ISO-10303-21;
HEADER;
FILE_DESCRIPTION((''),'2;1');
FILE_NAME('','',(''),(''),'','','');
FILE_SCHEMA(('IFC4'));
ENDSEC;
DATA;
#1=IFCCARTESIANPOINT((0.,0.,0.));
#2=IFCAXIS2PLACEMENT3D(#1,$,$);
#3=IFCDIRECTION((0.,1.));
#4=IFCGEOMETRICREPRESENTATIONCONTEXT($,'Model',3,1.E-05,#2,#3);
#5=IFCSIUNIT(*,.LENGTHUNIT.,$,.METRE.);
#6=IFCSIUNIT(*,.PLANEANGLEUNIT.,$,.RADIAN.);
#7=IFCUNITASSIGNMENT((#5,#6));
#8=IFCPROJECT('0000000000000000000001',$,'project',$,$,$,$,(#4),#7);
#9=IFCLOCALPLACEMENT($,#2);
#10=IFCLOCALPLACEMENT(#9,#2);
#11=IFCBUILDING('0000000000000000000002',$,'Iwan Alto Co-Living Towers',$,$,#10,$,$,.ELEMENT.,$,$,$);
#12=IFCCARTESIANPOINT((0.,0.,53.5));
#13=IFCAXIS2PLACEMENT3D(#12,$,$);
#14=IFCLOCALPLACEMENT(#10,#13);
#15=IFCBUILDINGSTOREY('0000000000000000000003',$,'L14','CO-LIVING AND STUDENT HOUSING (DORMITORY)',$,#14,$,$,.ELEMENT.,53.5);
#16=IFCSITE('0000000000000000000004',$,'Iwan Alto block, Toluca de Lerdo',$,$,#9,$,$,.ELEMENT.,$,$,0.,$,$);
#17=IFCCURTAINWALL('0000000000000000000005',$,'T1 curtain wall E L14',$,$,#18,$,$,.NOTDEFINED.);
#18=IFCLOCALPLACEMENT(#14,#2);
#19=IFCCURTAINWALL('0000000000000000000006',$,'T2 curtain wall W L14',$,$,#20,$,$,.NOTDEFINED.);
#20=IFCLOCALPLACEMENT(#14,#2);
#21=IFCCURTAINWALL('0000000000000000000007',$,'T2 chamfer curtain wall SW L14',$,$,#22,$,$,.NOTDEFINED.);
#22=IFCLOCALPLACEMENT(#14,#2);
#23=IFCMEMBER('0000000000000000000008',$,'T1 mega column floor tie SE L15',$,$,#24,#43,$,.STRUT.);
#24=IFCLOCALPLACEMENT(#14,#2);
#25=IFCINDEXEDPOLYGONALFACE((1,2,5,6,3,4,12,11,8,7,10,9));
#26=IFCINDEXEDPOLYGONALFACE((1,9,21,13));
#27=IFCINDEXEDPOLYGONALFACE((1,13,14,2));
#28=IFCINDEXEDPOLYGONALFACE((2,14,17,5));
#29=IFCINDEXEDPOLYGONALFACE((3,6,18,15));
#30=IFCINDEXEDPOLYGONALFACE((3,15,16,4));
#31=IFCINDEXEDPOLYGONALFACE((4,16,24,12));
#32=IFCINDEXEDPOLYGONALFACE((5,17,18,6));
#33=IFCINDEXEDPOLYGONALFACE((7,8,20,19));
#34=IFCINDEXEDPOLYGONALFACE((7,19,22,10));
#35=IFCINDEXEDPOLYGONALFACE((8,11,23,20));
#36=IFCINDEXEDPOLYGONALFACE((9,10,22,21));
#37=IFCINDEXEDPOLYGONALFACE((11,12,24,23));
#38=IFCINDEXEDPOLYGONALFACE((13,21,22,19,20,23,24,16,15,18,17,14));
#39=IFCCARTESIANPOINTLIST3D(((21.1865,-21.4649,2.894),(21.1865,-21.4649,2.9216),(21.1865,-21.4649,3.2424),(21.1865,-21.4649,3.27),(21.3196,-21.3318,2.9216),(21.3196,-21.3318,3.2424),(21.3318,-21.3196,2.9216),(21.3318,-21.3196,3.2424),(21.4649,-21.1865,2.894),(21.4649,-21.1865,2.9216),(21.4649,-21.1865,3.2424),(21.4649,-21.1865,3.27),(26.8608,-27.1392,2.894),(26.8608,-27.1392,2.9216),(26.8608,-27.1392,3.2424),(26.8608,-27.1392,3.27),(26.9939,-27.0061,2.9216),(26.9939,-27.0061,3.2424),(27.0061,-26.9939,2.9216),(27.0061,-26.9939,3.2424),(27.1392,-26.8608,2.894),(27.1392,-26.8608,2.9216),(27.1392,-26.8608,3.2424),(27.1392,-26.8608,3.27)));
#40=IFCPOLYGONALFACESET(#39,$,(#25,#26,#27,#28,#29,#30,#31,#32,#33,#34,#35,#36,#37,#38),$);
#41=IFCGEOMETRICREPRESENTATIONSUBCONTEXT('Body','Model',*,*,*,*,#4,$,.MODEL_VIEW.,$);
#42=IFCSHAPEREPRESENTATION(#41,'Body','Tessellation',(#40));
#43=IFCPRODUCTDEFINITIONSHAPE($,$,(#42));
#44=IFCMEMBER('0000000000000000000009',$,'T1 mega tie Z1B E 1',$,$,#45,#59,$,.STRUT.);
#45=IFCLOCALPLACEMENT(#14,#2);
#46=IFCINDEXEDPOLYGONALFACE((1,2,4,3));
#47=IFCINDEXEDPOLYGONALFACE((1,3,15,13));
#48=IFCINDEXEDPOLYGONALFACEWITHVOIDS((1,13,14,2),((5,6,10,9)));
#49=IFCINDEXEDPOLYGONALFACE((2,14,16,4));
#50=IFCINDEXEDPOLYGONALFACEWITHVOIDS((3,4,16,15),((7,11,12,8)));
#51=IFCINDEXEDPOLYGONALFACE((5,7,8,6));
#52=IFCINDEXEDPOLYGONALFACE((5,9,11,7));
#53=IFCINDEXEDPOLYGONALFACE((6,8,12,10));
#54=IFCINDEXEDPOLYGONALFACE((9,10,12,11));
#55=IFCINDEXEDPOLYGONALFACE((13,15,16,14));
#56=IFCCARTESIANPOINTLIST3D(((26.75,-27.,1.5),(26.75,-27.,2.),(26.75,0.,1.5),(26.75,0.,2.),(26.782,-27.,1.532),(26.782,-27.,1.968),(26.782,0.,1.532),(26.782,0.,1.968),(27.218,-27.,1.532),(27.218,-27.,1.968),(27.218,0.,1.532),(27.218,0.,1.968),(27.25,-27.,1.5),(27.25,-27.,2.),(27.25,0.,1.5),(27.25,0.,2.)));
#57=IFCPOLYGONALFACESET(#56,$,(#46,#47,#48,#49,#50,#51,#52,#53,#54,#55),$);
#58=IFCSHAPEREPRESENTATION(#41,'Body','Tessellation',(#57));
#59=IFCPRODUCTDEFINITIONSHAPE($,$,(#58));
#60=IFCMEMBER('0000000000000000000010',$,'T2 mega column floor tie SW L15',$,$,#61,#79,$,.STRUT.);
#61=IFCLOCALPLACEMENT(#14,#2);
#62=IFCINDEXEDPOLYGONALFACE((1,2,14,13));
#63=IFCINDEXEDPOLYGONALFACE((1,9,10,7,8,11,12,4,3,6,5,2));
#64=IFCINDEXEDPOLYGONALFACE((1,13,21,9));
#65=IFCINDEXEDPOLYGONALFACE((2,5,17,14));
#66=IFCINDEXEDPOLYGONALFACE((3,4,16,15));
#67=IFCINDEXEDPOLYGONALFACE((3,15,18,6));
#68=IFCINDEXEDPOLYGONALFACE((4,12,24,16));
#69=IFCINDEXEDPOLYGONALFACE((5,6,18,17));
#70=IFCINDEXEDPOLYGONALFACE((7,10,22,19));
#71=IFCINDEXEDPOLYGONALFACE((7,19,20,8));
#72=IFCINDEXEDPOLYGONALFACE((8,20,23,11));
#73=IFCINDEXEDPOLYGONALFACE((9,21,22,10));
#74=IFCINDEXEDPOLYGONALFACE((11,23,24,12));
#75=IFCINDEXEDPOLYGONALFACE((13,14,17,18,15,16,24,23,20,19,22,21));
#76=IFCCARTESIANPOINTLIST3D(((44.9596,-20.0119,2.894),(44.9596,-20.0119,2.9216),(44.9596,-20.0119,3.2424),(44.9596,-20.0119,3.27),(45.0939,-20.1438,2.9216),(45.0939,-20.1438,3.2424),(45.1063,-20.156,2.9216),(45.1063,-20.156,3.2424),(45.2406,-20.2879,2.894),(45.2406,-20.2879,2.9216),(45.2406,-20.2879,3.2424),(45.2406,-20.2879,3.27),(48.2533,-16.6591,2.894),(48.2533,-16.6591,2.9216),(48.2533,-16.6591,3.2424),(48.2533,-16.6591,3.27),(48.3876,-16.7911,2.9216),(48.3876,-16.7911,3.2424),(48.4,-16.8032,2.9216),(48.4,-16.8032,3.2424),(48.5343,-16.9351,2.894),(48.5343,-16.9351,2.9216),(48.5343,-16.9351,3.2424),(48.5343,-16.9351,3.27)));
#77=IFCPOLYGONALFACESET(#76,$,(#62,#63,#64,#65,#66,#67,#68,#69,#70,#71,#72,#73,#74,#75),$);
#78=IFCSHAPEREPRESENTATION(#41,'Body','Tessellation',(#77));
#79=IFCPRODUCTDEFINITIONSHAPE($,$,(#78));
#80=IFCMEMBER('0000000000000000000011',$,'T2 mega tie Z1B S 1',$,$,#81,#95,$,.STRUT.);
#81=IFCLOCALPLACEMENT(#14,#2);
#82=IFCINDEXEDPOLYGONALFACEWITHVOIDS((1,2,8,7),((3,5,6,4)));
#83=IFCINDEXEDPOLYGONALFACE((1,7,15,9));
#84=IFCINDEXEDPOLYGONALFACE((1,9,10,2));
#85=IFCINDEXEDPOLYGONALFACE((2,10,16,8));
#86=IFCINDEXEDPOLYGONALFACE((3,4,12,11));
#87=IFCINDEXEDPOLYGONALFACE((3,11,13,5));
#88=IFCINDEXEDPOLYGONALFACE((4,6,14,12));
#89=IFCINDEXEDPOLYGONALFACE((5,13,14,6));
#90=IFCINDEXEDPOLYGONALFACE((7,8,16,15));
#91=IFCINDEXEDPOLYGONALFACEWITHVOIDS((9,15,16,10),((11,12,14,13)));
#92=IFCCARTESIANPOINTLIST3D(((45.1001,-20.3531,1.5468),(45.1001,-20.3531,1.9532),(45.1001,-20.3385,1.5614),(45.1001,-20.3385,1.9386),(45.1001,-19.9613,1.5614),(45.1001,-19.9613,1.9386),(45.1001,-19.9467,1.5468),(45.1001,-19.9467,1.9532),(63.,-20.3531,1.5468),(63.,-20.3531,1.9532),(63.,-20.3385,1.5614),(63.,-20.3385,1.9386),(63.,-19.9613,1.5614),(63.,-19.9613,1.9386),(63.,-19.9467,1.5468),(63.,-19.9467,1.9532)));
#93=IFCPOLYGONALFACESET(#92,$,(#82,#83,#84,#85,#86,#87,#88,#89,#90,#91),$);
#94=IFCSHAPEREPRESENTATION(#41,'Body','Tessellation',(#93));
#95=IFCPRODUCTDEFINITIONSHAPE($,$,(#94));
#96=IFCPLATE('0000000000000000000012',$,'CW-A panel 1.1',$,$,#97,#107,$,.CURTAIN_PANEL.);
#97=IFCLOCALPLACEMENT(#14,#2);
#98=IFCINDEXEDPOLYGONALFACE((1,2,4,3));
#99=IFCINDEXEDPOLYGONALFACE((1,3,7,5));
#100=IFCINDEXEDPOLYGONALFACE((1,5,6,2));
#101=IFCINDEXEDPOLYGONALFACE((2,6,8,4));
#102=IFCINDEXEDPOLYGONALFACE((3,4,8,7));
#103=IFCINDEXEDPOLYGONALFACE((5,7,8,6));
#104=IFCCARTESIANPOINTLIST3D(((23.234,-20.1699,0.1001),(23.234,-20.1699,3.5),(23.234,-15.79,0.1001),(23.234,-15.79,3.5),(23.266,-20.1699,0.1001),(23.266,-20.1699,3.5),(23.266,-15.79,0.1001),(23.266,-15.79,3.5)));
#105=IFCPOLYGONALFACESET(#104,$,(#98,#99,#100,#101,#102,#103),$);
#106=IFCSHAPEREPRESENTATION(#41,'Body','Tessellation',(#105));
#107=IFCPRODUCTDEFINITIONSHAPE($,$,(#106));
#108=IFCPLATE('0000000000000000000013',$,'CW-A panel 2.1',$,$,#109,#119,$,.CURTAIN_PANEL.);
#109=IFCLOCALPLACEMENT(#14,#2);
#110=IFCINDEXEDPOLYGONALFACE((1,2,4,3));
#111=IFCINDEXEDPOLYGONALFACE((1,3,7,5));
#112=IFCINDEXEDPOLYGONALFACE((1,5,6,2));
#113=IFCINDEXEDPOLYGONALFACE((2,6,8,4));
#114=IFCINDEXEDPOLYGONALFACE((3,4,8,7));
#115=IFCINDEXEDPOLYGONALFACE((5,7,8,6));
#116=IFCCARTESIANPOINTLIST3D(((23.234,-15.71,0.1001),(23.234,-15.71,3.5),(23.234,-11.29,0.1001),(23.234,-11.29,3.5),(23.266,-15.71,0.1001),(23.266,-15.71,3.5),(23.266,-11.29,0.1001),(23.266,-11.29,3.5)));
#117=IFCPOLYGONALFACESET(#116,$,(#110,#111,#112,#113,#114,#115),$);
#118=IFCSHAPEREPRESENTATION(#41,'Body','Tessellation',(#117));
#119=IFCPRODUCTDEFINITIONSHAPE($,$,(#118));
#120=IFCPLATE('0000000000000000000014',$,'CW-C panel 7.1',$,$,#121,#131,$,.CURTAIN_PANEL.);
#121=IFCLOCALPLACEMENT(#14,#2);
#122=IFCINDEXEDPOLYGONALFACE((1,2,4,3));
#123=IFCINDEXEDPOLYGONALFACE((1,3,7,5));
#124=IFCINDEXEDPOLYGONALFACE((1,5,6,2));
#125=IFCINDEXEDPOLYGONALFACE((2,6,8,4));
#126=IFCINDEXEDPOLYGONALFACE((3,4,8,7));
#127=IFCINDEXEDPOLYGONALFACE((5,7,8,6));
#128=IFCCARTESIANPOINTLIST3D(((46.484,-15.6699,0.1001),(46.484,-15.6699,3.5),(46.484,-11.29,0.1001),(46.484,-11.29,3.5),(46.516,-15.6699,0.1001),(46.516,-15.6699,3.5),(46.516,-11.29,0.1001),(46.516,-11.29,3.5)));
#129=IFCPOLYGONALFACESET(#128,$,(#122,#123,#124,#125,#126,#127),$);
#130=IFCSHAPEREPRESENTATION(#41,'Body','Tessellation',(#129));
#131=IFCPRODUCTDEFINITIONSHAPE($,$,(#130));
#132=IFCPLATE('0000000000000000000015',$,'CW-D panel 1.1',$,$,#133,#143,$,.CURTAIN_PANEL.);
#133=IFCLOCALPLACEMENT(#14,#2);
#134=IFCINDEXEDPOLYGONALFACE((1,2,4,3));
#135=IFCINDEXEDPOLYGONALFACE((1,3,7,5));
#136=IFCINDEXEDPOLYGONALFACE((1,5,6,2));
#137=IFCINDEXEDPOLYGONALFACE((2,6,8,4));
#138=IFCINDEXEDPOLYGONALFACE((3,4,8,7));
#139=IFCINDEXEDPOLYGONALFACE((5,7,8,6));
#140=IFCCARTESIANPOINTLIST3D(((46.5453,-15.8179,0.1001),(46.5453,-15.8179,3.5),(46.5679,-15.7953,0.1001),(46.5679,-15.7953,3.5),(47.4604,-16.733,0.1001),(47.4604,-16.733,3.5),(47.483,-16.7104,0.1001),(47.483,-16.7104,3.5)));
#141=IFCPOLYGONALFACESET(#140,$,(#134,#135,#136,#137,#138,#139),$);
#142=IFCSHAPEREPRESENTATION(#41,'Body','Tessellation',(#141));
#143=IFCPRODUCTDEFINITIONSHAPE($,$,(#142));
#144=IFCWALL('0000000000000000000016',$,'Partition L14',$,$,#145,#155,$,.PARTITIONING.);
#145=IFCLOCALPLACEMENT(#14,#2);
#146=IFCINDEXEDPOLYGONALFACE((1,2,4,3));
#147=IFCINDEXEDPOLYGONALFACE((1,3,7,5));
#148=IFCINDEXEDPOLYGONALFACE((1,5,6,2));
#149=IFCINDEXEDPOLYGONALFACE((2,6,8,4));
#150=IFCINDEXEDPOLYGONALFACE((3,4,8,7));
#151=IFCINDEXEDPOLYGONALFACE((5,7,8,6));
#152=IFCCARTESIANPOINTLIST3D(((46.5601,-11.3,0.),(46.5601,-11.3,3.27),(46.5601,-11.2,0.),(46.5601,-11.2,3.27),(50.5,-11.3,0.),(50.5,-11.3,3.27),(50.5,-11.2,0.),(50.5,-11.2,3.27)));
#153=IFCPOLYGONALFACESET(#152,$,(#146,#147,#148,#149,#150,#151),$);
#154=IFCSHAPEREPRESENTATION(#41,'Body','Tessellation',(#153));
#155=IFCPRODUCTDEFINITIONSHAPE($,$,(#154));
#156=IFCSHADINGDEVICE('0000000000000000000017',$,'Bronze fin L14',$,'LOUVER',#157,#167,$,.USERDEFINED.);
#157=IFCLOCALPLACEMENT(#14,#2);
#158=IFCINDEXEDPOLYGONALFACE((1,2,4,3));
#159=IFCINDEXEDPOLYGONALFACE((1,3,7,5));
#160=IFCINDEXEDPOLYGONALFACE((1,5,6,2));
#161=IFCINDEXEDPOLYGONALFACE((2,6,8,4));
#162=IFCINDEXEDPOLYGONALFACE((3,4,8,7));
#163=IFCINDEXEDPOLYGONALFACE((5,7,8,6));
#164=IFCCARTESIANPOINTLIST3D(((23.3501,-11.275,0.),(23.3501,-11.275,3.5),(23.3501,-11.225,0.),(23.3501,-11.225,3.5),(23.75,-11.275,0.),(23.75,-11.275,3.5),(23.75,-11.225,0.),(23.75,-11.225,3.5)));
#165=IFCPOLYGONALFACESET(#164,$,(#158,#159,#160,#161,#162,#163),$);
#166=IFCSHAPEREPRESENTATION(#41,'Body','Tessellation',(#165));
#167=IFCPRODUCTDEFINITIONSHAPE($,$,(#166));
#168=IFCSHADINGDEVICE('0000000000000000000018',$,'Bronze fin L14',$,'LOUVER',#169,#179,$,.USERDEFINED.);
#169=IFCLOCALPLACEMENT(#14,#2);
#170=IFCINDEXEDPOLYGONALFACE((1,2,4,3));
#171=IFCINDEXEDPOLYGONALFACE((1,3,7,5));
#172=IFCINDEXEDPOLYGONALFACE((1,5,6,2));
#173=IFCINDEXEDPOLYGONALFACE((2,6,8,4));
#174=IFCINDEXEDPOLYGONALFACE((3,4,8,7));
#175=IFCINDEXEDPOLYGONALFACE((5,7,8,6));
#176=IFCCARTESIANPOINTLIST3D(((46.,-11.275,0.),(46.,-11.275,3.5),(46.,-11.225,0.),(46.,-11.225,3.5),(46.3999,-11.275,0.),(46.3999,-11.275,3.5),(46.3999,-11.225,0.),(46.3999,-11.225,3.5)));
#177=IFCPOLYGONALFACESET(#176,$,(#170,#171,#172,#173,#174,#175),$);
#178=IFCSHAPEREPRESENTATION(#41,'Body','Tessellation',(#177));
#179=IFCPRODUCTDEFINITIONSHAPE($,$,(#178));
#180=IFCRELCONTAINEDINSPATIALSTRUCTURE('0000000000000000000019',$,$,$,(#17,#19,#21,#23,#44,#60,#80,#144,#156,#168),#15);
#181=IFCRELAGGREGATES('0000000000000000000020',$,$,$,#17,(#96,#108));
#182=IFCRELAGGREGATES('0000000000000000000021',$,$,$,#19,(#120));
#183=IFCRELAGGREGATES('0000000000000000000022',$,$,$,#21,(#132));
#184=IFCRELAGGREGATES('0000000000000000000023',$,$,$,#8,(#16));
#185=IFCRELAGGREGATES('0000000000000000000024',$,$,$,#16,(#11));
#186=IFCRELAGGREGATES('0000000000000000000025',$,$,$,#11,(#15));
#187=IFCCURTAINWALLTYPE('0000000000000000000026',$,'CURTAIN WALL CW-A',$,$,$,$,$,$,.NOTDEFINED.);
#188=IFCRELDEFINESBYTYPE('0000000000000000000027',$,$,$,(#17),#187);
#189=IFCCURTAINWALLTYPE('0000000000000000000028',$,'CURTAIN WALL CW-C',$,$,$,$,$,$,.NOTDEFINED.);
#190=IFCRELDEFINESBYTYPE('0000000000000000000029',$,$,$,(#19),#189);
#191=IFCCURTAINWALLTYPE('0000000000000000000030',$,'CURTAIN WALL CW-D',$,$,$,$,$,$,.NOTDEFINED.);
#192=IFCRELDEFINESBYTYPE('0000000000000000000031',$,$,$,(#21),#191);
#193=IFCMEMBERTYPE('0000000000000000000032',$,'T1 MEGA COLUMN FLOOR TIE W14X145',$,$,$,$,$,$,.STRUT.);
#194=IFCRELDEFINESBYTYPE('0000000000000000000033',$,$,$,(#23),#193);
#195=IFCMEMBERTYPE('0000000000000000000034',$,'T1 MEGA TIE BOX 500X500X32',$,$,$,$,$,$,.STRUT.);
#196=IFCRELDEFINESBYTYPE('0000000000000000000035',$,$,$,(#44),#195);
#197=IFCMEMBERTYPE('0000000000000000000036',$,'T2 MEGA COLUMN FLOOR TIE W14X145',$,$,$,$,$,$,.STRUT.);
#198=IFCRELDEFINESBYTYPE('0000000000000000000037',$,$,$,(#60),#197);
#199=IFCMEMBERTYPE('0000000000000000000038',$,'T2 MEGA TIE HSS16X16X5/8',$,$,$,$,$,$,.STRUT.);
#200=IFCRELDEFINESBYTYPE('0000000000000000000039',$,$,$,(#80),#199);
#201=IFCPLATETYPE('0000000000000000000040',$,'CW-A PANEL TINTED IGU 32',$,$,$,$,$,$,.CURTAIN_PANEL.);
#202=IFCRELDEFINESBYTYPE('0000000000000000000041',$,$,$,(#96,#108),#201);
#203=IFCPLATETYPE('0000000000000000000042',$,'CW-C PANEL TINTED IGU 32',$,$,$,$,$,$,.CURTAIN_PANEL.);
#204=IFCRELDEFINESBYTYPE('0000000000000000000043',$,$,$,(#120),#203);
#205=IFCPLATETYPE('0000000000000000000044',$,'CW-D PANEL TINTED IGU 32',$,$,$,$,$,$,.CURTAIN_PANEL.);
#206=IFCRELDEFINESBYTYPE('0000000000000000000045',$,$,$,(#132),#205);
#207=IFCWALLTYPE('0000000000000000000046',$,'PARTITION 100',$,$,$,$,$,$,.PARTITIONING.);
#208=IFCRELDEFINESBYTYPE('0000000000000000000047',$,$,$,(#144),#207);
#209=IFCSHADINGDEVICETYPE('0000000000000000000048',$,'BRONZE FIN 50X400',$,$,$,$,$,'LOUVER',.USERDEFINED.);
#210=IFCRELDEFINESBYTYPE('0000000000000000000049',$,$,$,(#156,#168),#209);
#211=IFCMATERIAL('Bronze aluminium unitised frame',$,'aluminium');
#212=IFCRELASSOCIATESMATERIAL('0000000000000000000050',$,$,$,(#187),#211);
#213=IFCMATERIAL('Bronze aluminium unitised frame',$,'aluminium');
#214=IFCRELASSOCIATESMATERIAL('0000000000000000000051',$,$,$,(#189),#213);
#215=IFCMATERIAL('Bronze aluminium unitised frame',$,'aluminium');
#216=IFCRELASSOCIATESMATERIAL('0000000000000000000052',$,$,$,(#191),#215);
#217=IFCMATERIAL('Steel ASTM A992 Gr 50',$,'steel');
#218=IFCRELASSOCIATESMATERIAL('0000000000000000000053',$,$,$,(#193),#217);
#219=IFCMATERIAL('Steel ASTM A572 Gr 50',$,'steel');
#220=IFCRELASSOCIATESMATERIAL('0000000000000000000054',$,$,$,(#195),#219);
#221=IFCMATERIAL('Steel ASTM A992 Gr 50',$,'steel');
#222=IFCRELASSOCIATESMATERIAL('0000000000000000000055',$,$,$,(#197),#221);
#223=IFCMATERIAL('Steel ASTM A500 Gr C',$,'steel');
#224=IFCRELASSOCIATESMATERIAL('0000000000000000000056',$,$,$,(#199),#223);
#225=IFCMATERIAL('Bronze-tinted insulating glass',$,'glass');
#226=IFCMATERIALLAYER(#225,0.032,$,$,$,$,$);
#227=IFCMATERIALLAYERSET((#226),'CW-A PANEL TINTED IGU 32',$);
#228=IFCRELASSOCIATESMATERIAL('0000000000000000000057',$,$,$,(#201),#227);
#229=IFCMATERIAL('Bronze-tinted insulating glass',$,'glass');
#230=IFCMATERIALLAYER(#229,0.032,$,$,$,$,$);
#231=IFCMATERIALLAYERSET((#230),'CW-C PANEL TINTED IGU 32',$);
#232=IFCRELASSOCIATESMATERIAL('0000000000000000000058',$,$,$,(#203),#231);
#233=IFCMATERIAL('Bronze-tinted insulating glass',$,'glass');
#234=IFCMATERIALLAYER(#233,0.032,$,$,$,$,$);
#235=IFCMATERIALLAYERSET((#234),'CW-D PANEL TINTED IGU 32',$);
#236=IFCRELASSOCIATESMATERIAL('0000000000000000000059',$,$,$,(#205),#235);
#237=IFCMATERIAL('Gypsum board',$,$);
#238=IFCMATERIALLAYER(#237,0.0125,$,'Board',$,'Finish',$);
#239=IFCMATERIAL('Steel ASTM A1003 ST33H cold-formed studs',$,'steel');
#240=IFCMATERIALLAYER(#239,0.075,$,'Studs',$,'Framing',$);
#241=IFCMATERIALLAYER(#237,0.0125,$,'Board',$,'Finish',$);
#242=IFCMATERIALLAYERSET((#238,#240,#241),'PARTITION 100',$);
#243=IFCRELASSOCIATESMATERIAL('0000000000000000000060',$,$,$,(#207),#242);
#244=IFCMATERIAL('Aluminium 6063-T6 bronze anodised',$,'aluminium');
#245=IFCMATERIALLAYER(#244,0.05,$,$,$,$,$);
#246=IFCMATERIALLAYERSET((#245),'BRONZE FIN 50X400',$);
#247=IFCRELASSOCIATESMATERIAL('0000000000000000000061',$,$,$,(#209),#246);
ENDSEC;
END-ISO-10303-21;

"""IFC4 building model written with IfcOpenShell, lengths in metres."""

from ifc_helpers import new_model, si_unit, direction, frame, frame_2d, origin, origin_2d, place, context, subcontext, project, spatial, rectangle, hollow_rectangle, i_section, extrude, material, layer, layer_set, material_profile, profile_set, type_object, element, aggregate, save


model = new_model("IFC4")

# Units and contexts
model_context = context("Model", 3, precision=1e-05, world=origin(), true_north=direction((0.0, 1.0)))
body_context = subcontext(model_context, "Body", "Model", "MODEL_VIEW")
ifc_project = project(units=[si_unit("LENGTHUNIT", "METRE"), si_unit("PLANEANGLEUNIT", "RADIAN")], contexts=[model_context])

# Site, building, storey
site_placement = place(None, origin())
site = spatial("IfcSite", under=ifc_project, at=site_placement, Name="Iwan Alto block, Toluca de Lerdo", CompositionType="ELEMENT", RefElevation=0.0)
building_placement = place(site_placement, origin())
building = spatial("IfcBuilding", under=site, at=building_placement, Name="Iwan Alto Co-Living Towers", CompositionType="ELEMENT")
storey_placement = place(building_placement, frame((0.0, 0.0, 53.5)))
storey = spatial("IfcBuildingStorey", under=building, at=storey_placement, Name="L14", Description="CO-LIVING AND STUDENT HOUSING (DORMITORY)", CompositionType="ELEMENT", Elevation=53.5)

# Curtain walls
ifc_material_1 = material(Name="Bronze aluminium unitised frame", Category="aluminium")
curtain_wall_type_1 = type_object("IfcCurtainWallType", Name="CURTAIN WALL CW-A", PredefinedType="NOTDEFINED", material=ifc_material_1)
curtain_wall_1_placement = place(storey_placement, origin())
curtain_wall_1 = element("IfcCurtainWall", 1, at=curtain_wall_1_placement, inside=storey, type_object=curtain_wall_type_1, Name="T1 curtain wall E L14", PredefinedType="NOTDEFINED")
ifc_material_2 = material(Name="Bronze aluminium unitised frame", Category="aluminium")
curtain_wall_type_2 = type_object("IfcCurtainWallType", Name="CURTAIN WALL CW-C", PredefinedType="NOTDEFINED", material=ifc_material_2)
curtain_wall_2_placement = place(storey_placement, origin())
curtain_wall_2 = element("IfcCurtainWall", 2, at=curtain_wall_2_placement, inside=storey, type_object=curtain_wall_type_2, Name="T2 curtain wall W L14", PredefinedType="NOTDEFINED")
ifc_material_3 = material(Name="Bronze aluminium unitised frame", Category="aluminium")
curtain_wall_type_3 = type_object("IfcCurtainWallType", Name="CURTAIN WALL CW-D", PredefinedType="NOTDEFINED", material=ifc_material_3)
curtain_wall_3_placement = place(storey_placement, origin())
curtain_wall_3 = element("IfcCurtainWall", 3, at=curtain_wall_3_placement, inside=storey, type_object=curtain_wall_type_3, Name="T2 chamfer curtain wall SW L14", PredefinedType="NOTDEFINED")

# Members
ifc_material_4 = material(Name="Steel ASTM A992 Gr 50", Category="steel")
ifc_material_profile_1 = material_profile(ifc_material_4, i_section(OverallWidth=0.3938, OverallDepth=0.376, WebThickness=0.0173, FlangeThickness=0.0276, at=origin_2d()), Name="W14X145")
ifc_profile_set_1 = profile_set([ifc_material_profile_1], Name="Steel ASTM A992 Gr 50")
member_type_1 = type_object("IfcMemberType", Name="T1 MEGA COLUMN FLOOR TIE W14X145", PredefinedType="STRUT", material=ifc_profile_set_1)
member_1_placement = place(storey_placement, frame((27.0, -27.0, 3.082), z_axis=(-0.707107, 0.707107, 0.0), x_axis=(-0.707107, -0.707107, 0.0)))
element("IfcMember", 4, at=member_1_placement, inside=storey, type_object=member_type_1, Name="T1 mega column floor tie SE L15", PredefinedType="STRUT", context=body_context, shape_type="SweptSolid", body=[
    extrude(i_section(OverallWidth=0.3938, OverallDepth=0.376, WebThickness=0.0173, FlangeThickness=0.0276, at=origin_2d()), origin(), (0.0, 0.0, 1.0), 8.0247),
])
ifc_material_5 = material(Name="Steel ASTM A572 Gr 50", Category="steel")
ifc_material_profile_2 = material_profile(ifc_material_5, hollow_rectangle(XDim=0.5, YDim=0.5, WallThickness=0.032, at=origin_2d()), Name="BOX 500X500X32")
ifc_profile_set_2 = profile_set([ifc_material_profile_2], Name="Steel ASTM A572 Gr 50")
member_type_2 = type_object("IfcMemberType", Name="T1 MEGA TIE BOX 500X500X32", PredefinedType="STRUT", material=ifc_profile_set_2)
member_2_placement = place(storey_placement, frame((27.0, -27.0, 1.75), z_axis=(0.0, 1.0, 0.0), x_axis=(-1.0, 0.0, 0.0)))
element("IfcMember", 5, at=member_2_placement, inside=storey, type_object=member_type_2, Name="T1 mega tie Z1B E 1", PredefinedType="STRUT", context=body_context, shape_type="SweptSolid", body=[
    extrude(hollow_rectangle(XDim=0.5, YDim=0.5, WallThickness=0.032, at=origin_2d()), origin(), (0.0, 0.0, 1.0), 27.0),
])
ifc_material_6 = material(Name="Steel ASTM A992 Gr 50", Category="steel")
ifc_material_profile_3 = material_profile(ifc_material_6, i_section(OverallWidth=0.3938, OverallDepth=0.376, WebThickness=0.0173, FlangeThickness=0.0276, at=origin_2d()), Name="W14X145")
ifc_profile_set_3 = profile_set([ifc_material_profile_3], Name="Steel ASTM A992 Gr 50")
member_type_3 = type_object("IfcMemberType", Name="T2 MEGA COLUMN FLOOR TIE W14X145", PredefinedType="STRUT", material=ifc_profile_set_3)
member_3_placement = place(storey_placement, frame((45.1001, -20.1499, 3.082), z_axis=(0.700793, 0.713364, 0.0), x_axis=(-0.713364, 0.700793, 0.0)))
element("IfcMember", 6, at=member_3_placement, inside=storey, type_object=member_type_3, Name="T2 mega column floor tie SW L15", PredefinedType="STRUT", context=body_context, shape_type="SweptSolid", body=[
    extrude(i_section(OverallWidth=0.3938, OverallDepth=0.376, WebThickness=0.0173, FlangeThickness=0.0276, at=origin_2d()), origin(), (0.0, 0.0, 1.0), 4.7),
])
ifc_material_7 = material(Name="Steel ASTM A500 Gr C", Category="steel")
ifc_material_profile_4 = material_profile(ifc_material_7, hollow_rectangle(XDim=0.4065, YDim=0.4065, WallThickness=0.0146, at=origin_2d()), Name="HSS16X16X5/8")
ifc_profile_set_4 = profile_set([ifc_material_profile_4], Name="Steel ASTM A500 Gr C")
member_type_4 = type_object("IfcMemberType", Name="T2 MEGA TIE HSS16X16X5/8", PredefinedType="STRUT", material=ifc_profile_set_4)
member_4_placement = place(storey_placement, frame((45.1001, -20.1499, 1.75), z_axis=(1.0, 0.0, 0.0), x_axis=(0.0, 1.0, 0.0)))
element("IfcMember", 7, at=member_4_placement, inside=storey, type_object=member_type_4, Name="T2 mega tie Z1B S 1", PredefinedType="STRUT", context=body_context, shape_type="SweptSolid", body=[
    extrude(hollow_rectangle(XDim=0.4065, YDim=0.4065, WallThickness=0.0146, at=origin_2d()), origin(), (0.0, 0.0, 1.0), 17.8999),
])

# Plates
ifc_material_8 = material(Name="Bronze-tinted insulating glass", Category="glass")
ifc_layer_1 = layer(ifc_material_8, 0.032)
ifc_layer_set_1 = layer_set([ifc_layer_1], Name="CW-A PANEL TINTED IGU 32")
plate_type_1 = type_object("IfcPlateType", Name="CW-A PANEL TINTED IGU 32", PredefinedType="CURTAIN_PANEL", material=ifc_layer_set_1)
plate_1_placement = place(storey_placement, frame((23.25, -17.98, 0.1001), z_axis=(0.0, 0.0, 1.0), x_axis=(0.0, 1.0, 0.0)))
plate_1 = element("IfcPlate", 8, at=plate_1_placement, type_object=plate_type_1, Name="CW-A panel 1.1", PredefinedType="CURTAIN_PANEL", context=body_context, shape_type="SweptSolid", body=[
    extrude(rectangle(XDim=4.3799, YDim=0.032, at=origin_2d()), origin(), (0.0, 0.0, 1.0), 3.3999),
])
plate_2_placement = place(storey_placement, frame((23.25, -13.5, 0.1001), z_axis=(0.0, 0.0, 1.0), x_axis=(0.0, 1.0, 0.0)))
plate_2 = element("IfcPlate", 9, at=plate_2_placement, type_object=plate_type_1, Name="CW-A panel 2.1", PredefinedType="CURTAIN_PANEL", context=body_context, shape_type="SweptSolid", body=[
    extrude(rectangle(XDim=4.4199, YDim=0.032, at=origin_2d()), origin(), (0.0, 0.0, 1.0), 3.3999),
])
aggregate(curtain_wall_1, [plate_1, plate_2])
ifc_material_9 = material(Name="Bronze-tinted insulating glass", Category="glass")
ifc_layer_2 = layer(ifc_material_9, 0.032)
ifc_layer_set_2 = layer_set([ifc_layer_2], Name="CW-C PANEL TINTED IGU 32")
plate_type_2 = type_object("IfcPlateType", Name="CW-C PANEL TINTED IGU 32", PredefinedType="CURTAIN_PANEL", material=ifc_layer_set_2)
plate_3_placement = place(storey_placement, frame((46.5, -13.48, 0.1001), z_axis=(0.0, 0.0, 1.0), x_axis=(0.0, -1.0, 0.0)))
plate_3 = element("IfcPlate", 10, at=plate_3_placement, type_object=plate_type_2, Name="CW-C panel 7.1", PredefinedType="CURTAIN_PANEL", context=body_context, shape_type="SweptSolid", body=[
    extrude(rectangle(XDim=4.3799, YDim=0.032, at=origin_2d()), origin(), (0.0, 0.0, 1.0), 3.3999),
])
aggregate(curtain_wall_2, [plate_3])
ifc_material_10 = material(Name="Bronze-tinted insulating glass", Category="glass")
ifc_layer_3 = layer(ifc_material_10, 0.032)
ifc_layer_set_3 = layer_set([ifc_layer_3], Name="CW-D PANEL TINTED IGU 32")
plate_type_3 = type_object("IfcPlateType", Name="CW-D PANEL TINTED IGU 32", PredefinedType="CURTAIN_PANEL", material=ifc_layer_set_3)
plate_4_placement = place(storey_placement, frame((47.0142, -16.2642, 0.1001), z_axis=(0.0, 0.0, 1.0), x_axis=(0.707107, -0.707107, 0.0)))
plate_4 = element("IfcPlate", 11, at=plate_4_placement, type_object=plate_type_3, Name="CW-D panel 1.1", PredefinedType="CURTAIN_PANEL", context=body_context, shape_type="SweptSolid", body=[
    extrude(rectangle(XDim=1.2942, YDim=0.032, at=origin_2d()), origin(), (0.0, 0.0, 1.0), 3.3999),
])
aggregate(curtain_wall_3, [plate_4])

# Wall
ifc_material_11 = material(Name="Gypsum board")
ifc_layer_4 = layer(ifc_material_11, 0.0125, Name="Board", Category="Finish")
ifc_material_12 = material(Name="Steel ASTM A1003 ST33H cold-formed studs", Category="steel")
ifc_layer_5 = layer(ifc_material_12, 0.075, Name="Studs", Category="Framing")
ifc_layer_6 = layer(ifc_material_11, 0.0125, Name="Board", Category="Finish")
ifc_layer_set_4 = layer_set([ifc_layer_4, ifc_layer_5, ifc_layer_6], Name="PARTITION 100")
wall_type = type_object("IfcWallType", Name="PARTITION 100", PredefinedType="PARTITIONING", material=ifc_layer_set_4)
wall_placement = place(storey_placement, frame((46.5601, -11.25, 0.0), z_axis=(0.0, 0.0, 1.0), x_axis=(1.0, 0.0, 0.0)))
element("IfcWall", 12, at=wall_placement, inside=storey, type_object=wall_type, Name="Partition L14", PredefinedType="PARTITIONING", context=body_context, shape_type="SweptSolid", body=[
    extrude(rectangle(XDim=3.9399, YDim=0.1001, at=frame_2d((1.97, 0.0))), origin(), (0.0, 0.0, 1.0), 3.27),
])

# Shading devices
ifc_material_13 = material(Name="Aluminium 6063-T6 bronze anodised", Category="aluminium")
ifc_layer_7 = layer(ifc_material_13, 0.05)
ifc_layer_set_5 = layer_set([ifc_layer_7], Name="BRONZE FIN 50X400")
shading_device_type = type_object("IfcShadingDeviceType", Name="BRONZE FIN 50X400", ElementType="LOUVER", PredefinedType="USERDEFINED", material=ifc_layer_set_5)
for number, where, z_axis, x_axis, name in (
    (13, (23.55, -11.25, 0.0), (0.0, 0.0, 1.0), (0.0, 1.0, 0.0), "Bronze fin L14"),
    (14, (46.2, -11.25, 0.0), (0.0, 0.0, 1.0), (0.0, -1.0, 0.0), "Bronze fin L14"),
):
    element("IfcShadingDevice", number, at=place(storey_placement, frame(where, z_axis=z_axis, x_axis=x_axis)), inside=storey, type_object=shading_device_type, Name=name, ObjectType="LOUVER", PredefinedType="USERDEFINED", context=body_context, shape_type="SweptSolid", body=[
        extrude(rectangle(XDim=0.05, YDim=0.3999, at=origin_2d()), origin(), (0.0, 0.0, 1.0), 3.5),
    ])

save(model, "model.ifc")
